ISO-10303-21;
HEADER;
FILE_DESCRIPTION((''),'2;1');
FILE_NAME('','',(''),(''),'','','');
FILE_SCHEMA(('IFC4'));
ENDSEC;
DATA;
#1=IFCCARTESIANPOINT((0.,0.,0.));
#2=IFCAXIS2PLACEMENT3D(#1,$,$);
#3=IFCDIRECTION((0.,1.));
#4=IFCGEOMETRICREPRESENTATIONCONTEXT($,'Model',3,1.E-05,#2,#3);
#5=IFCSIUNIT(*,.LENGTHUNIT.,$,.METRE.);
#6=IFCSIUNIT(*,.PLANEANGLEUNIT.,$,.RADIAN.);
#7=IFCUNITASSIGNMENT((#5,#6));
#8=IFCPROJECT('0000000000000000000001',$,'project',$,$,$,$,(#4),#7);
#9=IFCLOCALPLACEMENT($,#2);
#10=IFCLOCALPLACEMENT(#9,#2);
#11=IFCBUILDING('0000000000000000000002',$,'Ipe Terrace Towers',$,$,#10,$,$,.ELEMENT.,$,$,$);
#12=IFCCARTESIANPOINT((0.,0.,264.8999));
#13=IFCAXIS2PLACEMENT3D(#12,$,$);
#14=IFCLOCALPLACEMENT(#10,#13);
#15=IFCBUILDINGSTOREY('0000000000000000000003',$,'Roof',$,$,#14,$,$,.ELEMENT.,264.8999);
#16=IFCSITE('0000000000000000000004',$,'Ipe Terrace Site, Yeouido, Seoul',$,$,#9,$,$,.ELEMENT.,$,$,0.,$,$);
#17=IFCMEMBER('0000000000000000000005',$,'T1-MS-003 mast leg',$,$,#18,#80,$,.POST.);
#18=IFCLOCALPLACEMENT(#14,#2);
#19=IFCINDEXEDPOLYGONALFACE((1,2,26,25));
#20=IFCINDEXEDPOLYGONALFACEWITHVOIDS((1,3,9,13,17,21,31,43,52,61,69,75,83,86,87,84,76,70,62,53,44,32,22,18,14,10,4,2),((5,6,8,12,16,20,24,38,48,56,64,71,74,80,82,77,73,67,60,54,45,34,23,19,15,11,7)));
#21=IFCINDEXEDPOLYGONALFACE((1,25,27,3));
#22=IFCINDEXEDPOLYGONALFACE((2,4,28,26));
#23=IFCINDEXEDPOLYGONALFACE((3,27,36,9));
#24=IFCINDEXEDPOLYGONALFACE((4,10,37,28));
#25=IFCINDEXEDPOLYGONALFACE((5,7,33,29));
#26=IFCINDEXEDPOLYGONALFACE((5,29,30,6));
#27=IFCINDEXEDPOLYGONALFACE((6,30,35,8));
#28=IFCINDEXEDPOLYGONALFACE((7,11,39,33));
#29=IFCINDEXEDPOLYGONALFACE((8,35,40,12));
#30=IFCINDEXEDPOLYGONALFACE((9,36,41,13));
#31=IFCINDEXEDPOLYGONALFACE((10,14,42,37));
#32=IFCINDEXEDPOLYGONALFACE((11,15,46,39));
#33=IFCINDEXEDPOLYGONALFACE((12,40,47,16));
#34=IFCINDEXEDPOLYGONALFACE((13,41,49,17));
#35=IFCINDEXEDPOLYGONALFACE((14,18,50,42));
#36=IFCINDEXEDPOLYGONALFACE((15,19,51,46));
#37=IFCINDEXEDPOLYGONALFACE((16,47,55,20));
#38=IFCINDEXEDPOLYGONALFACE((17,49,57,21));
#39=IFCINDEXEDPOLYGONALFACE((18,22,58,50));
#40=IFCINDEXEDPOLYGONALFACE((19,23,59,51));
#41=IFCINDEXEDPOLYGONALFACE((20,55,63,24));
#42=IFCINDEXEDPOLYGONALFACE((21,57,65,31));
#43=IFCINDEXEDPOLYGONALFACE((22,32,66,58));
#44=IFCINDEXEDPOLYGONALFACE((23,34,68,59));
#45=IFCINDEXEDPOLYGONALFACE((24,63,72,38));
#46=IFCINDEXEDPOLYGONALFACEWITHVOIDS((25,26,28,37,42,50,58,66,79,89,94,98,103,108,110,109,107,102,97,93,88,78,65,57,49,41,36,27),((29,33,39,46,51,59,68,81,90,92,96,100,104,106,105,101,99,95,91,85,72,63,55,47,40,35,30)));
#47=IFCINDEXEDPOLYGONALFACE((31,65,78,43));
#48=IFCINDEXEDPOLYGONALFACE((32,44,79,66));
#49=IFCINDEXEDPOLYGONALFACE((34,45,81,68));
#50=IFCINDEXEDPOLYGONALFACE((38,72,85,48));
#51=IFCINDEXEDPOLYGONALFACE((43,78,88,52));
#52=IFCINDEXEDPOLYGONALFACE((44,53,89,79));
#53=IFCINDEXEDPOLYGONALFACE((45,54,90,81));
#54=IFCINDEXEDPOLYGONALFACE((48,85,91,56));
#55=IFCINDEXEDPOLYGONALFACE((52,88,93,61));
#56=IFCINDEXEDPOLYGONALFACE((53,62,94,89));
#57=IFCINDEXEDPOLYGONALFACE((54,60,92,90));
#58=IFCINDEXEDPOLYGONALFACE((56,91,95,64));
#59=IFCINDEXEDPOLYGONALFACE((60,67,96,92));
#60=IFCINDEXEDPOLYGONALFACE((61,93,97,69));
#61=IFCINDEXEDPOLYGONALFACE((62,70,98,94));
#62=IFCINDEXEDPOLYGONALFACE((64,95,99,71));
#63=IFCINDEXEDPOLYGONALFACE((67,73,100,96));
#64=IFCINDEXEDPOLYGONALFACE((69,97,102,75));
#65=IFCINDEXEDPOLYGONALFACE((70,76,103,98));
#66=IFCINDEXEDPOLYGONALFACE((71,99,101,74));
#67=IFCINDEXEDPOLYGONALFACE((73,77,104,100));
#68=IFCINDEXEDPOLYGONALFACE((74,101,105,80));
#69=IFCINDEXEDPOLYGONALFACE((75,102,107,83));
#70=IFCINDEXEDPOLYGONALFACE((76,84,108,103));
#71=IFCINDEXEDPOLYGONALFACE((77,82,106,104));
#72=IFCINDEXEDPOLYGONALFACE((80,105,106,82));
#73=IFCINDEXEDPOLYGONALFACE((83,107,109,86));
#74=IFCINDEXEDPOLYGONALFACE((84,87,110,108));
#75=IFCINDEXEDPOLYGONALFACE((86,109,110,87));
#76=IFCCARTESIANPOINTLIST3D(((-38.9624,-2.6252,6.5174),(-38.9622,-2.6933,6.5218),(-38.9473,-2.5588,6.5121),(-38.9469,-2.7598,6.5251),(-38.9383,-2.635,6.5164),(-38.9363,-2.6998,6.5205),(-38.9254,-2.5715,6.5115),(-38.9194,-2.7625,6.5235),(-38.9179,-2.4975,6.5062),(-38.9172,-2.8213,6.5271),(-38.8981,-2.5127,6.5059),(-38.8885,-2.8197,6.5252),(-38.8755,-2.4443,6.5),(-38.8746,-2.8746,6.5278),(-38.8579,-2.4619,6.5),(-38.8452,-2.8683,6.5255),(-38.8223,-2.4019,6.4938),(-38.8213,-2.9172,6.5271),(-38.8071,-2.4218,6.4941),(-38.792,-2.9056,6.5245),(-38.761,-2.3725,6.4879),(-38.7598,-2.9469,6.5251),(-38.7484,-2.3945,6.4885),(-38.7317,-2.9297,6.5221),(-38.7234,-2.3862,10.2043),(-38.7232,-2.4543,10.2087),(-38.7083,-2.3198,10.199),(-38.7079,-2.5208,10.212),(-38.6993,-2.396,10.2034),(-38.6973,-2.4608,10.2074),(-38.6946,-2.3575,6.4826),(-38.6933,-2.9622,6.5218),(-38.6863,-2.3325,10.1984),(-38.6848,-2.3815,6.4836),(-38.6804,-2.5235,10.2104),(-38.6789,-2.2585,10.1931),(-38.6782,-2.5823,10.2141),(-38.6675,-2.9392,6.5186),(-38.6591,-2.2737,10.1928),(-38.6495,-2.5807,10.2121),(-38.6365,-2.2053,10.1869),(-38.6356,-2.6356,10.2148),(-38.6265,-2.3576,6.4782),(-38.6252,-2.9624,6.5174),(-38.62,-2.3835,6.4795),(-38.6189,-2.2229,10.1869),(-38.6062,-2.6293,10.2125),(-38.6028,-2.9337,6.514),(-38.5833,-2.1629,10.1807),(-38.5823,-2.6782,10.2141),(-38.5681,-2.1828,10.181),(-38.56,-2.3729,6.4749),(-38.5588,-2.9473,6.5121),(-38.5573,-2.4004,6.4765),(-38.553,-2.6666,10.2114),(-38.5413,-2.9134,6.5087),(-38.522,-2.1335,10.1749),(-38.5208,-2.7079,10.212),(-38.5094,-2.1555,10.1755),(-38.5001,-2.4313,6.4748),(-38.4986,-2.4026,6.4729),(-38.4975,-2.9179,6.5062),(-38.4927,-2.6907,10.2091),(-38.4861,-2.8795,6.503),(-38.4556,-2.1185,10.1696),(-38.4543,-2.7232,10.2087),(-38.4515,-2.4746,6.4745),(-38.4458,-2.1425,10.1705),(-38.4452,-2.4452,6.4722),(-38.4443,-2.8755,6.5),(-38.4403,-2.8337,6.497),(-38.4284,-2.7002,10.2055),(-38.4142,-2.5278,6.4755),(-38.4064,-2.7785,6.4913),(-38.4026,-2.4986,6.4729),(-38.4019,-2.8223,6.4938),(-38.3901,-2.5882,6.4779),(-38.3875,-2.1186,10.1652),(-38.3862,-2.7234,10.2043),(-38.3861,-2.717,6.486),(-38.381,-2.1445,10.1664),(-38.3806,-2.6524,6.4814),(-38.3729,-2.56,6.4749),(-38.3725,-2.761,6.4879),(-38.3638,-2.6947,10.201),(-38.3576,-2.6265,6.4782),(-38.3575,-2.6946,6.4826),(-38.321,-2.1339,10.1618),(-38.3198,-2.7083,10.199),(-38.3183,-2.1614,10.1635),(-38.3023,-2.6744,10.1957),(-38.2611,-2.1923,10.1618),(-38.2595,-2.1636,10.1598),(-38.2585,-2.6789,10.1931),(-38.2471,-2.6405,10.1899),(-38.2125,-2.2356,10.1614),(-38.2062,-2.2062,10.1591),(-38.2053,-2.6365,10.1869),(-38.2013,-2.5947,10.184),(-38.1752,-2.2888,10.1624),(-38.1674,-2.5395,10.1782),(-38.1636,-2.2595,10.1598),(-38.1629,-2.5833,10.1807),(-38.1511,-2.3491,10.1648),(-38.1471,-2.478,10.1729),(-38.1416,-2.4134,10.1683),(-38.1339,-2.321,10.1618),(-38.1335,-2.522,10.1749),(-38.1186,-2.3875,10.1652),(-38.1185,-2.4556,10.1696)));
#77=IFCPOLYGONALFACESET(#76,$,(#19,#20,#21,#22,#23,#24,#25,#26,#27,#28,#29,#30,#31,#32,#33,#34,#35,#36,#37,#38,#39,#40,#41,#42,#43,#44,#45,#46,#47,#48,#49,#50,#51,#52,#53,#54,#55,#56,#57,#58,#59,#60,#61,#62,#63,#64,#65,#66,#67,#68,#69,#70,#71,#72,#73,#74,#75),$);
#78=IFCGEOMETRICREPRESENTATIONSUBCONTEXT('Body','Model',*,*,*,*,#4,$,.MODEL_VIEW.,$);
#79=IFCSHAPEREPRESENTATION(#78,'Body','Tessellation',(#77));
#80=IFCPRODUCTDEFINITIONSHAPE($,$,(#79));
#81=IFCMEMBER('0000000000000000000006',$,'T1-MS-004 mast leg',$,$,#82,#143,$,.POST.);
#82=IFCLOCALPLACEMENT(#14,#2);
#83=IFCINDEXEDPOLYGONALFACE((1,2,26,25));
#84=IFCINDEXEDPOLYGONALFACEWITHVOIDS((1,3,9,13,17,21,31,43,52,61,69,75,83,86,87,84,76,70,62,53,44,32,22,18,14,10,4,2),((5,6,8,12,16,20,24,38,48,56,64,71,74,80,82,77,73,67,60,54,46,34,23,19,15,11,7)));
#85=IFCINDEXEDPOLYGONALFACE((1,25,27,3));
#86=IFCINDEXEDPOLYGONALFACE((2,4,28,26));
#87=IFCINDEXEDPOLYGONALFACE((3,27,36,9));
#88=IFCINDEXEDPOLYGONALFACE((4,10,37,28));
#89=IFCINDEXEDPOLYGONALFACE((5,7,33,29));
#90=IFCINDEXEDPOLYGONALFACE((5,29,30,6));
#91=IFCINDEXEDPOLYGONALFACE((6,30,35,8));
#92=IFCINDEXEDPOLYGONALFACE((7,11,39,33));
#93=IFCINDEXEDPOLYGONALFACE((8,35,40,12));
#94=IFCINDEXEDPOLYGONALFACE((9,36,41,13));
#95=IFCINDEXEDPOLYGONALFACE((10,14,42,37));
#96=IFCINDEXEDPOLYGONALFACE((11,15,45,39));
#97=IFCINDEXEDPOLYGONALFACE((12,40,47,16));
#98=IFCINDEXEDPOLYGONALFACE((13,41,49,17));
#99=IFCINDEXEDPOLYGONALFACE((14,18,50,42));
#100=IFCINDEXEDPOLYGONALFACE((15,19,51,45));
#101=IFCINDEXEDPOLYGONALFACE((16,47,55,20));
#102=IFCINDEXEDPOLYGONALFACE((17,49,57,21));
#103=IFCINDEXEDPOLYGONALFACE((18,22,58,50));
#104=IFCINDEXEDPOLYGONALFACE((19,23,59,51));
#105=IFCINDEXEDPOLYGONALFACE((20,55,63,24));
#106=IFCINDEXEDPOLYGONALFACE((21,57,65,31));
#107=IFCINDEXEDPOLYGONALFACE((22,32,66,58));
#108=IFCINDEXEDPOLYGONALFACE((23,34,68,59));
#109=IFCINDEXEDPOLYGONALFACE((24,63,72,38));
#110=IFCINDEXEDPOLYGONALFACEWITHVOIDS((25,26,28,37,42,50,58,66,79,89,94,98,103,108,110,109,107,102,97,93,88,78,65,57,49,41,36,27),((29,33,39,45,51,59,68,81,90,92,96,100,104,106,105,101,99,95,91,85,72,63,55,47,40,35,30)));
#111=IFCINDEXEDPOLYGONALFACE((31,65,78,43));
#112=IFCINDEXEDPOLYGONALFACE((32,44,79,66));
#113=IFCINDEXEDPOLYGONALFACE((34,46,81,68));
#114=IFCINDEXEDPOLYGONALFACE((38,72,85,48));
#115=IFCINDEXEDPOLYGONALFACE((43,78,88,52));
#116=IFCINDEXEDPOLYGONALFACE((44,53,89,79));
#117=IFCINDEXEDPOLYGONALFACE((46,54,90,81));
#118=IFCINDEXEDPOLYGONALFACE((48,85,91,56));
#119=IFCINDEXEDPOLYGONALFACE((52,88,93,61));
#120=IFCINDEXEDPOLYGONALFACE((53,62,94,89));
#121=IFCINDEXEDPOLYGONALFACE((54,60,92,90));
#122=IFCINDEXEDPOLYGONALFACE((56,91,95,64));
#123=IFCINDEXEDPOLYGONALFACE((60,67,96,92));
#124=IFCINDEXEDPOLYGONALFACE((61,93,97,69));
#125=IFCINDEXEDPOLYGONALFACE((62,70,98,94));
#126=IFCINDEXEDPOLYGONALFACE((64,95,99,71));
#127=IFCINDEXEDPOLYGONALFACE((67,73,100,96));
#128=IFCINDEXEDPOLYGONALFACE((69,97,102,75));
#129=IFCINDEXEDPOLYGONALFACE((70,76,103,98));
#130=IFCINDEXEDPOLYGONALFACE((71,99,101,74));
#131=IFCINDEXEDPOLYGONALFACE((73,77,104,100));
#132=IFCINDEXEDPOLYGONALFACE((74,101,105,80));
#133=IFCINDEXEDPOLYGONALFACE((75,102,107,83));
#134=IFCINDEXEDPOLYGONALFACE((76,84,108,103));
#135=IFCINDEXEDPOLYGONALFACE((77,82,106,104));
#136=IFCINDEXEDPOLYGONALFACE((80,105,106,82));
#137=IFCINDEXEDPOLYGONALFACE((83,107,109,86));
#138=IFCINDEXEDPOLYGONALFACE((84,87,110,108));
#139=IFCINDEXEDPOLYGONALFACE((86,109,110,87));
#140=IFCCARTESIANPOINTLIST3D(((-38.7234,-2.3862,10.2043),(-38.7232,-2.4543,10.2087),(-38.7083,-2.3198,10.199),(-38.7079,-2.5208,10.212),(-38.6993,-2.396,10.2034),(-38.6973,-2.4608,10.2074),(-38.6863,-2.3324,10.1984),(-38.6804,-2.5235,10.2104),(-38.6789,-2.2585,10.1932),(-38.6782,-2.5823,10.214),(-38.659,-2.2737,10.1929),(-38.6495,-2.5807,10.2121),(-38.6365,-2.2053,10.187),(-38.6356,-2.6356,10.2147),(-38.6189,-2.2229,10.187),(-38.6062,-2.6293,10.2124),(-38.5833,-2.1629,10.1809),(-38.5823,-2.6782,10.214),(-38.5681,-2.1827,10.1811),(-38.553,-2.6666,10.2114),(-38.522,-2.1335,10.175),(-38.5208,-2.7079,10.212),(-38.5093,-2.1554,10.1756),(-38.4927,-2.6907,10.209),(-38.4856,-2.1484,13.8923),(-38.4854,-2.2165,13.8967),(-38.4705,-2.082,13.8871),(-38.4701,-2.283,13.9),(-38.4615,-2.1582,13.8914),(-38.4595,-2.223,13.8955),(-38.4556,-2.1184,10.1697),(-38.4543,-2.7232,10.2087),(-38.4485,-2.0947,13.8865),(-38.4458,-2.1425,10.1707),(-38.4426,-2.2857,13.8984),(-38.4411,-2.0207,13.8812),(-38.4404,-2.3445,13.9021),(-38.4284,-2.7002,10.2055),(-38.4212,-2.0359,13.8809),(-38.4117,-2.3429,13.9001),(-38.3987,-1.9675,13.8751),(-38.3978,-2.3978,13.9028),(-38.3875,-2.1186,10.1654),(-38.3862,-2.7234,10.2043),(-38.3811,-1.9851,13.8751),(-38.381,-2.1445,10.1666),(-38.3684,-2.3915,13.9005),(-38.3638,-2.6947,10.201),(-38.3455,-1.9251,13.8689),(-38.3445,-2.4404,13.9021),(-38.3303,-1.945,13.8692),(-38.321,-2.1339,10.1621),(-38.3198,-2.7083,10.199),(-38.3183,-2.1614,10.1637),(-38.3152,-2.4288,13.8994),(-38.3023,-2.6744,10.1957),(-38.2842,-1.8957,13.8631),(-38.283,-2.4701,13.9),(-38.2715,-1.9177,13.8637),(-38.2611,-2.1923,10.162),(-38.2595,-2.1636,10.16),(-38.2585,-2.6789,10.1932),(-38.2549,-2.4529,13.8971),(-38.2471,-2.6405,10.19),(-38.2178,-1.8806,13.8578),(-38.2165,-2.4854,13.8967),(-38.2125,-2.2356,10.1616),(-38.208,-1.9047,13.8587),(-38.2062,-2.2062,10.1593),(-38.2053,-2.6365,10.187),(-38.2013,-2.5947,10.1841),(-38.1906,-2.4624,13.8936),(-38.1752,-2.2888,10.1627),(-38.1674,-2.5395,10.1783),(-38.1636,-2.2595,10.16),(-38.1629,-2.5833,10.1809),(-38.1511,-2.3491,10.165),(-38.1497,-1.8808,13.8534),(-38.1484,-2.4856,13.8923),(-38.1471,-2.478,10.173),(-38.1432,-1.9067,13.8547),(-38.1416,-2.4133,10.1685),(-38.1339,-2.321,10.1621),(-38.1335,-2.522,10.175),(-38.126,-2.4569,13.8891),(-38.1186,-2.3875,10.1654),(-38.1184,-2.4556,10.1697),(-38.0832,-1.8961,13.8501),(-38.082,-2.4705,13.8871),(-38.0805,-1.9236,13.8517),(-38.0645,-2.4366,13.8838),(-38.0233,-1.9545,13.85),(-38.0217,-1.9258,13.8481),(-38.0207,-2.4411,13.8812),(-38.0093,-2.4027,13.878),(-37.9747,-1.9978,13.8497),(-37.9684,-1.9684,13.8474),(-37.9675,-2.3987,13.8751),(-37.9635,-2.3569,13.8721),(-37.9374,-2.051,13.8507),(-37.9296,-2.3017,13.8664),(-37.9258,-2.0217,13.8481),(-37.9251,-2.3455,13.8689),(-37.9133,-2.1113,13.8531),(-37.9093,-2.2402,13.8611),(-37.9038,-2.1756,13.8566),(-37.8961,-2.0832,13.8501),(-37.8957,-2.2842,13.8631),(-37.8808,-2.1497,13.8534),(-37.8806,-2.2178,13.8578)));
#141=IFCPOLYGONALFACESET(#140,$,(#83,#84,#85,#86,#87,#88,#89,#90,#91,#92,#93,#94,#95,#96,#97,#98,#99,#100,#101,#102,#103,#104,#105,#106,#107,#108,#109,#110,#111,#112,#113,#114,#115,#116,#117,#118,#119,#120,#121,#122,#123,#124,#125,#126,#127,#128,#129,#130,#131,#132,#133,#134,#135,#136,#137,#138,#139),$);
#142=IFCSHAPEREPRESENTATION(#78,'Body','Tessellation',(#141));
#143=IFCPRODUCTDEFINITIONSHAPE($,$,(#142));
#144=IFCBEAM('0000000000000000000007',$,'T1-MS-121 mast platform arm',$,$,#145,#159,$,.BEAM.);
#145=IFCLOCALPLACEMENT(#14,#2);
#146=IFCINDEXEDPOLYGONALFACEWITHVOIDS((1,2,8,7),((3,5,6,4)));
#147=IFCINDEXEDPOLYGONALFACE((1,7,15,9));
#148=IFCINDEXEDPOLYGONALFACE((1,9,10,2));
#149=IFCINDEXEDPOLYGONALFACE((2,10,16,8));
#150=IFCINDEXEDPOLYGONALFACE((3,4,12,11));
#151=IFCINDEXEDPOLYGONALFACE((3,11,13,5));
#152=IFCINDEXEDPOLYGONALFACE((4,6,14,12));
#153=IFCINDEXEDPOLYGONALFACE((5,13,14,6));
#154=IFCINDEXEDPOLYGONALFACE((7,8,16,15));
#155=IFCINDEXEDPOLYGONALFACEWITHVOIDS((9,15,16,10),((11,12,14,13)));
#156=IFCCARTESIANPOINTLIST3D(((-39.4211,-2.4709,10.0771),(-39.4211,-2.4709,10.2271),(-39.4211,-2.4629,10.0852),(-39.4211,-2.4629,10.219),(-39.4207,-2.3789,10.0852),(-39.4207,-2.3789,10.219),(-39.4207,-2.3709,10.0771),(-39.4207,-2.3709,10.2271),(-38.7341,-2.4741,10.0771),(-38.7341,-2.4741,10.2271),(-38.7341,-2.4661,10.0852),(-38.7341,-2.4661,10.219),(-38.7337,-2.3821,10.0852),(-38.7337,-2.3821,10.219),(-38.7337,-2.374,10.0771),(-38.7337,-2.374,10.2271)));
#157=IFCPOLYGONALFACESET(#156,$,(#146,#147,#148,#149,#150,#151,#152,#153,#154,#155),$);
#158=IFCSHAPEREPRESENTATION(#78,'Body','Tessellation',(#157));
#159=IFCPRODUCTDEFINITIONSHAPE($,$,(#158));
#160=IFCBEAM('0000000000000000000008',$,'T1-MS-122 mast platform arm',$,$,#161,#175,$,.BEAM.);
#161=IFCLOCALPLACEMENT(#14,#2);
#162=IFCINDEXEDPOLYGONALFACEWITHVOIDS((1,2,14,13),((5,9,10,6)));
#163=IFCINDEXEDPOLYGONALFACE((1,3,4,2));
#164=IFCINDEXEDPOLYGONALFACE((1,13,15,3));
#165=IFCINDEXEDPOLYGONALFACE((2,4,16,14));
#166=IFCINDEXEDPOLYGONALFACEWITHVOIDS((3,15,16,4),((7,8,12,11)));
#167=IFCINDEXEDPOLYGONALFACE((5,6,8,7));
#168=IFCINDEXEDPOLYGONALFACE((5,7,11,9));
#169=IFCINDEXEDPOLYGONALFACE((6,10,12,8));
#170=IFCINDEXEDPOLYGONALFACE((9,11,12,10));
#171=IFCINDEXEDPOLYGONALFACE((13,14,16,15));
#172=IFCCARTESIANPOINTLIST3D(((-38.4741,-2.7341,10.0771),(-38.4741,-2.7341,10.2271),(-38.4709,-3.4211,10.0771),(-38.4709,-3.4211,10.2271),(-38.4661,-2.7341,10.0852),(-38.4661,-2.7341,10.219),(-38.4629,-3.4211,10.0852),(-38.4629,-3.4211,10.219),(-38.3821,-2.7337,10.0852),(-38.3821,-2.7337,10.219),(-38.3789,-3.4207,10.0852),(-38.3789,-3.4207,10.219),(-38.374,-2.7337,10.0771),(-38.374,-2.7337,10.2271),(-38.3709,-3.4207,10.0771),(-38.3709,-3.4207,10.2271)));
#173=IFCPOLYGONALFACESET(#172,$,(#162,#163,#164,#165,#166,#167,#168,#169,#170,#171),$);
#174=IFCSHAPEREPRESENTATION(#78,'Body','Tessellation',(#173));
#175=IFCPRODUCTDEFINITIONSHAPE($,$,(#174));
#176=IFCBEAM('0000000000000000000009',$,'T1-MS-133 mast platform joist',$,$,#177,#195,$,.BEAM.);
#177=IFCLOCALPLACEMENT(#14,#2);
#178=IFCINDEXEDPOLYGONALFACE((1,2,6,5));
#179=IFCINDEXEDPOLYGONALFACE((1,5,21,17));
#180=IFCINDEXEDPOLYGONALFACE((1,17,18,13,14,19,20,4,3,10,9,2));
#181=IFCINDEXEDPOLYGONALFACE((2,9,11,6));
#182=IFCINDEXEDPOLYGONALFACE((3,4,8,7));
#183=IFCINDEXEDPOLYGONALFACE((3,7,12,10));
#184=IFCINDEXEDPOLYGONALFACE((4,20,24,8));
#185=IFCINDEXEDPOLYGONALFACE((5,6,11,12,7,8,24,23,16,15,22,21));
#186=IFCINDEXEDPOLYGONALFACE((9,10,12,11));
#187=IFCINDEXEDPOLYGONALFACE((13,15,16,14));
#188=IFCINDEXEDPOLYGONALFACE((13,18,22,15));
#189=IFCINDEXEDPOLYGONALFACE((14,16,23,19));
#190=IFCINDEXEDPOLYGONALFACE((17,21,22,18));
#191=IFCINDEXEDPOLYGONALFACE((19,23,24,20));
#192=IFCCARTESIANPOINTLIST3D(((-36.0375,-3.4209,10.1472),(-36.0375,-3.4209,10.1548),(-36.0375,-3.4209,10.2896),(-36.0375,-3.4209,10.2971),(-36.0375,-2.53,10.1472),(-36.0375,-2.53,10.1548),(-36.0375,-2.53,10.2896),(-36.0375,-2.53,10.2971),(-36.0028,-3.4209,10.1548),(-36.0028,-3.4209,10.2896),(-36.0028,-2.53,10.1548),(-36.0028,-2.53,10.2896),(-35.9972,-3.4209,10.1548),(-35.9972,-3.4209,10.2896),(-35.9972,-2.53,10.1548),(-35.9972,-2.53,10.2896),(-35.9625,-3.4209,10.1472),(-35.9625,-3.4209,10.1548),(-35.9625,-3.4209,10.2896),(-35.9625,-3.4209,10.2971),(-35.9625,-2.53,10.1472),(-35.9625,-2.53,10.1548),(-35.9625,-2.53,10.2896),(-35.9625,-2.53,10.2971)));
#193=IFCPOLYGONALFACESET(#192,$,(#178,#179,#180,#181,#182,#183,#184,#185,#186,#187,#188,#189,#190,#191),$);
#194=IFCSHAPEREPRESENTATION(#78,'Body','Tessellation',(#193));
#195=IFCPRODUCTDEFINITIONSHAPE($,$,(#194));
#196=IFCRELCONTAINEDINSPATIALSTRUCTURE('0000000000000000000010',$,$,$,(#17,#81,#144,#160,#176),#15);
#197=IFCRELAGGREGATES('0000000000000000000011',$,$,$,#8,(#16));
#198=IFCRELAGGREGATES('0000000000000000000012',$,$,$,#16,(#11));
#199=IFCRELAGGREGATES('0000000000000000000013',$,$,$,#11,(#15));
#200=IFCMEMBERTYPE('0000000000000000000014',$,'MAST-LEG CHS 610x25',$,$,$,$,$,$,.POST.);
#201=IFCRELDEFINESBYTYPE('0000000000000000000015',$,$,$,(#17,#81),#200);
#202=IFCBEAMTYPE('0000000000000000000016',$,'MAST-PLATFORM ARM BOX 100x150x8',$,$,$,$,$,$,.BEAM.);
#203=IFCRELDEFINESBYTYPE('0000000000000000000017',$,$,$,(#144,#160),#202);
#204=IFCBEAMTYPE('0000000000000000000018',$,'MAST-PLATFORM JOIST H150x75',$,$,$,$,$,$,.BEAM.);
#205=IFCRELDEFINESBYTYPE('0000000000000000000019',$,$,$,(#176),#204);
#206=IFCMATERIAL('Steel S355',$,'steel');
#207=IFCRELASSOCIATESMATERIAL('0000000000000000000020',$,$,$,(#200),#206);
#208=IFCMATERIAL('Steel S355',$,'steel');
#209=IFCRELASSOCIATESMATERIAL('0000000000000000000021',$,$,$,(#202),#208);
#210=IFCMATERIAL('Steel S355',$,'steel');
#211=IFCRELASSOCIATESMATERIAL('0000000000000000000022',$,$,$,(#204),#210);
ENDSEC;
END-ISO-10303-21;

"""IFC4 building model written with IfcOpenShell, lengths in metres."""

from ifc_helpers import new_model, si_unit, direction, frame, origin, origin_2d, place, context, subcontext, project, spatial, hollow_rectangle, hollow_circle, i_section, extrude, material, material_profile, profile_set, type_object, element, save


model = new_model("IFC4")

# Units and contexts
model_context = context("Model", 3, precision=1e-05, world=origin(), true_north=direction((0.0, 1.0)))
body_context = subcontext(model_context, "Body", "Model", "MODEL_VIEW")
ifc_project = project(units=[si_unit("LENGTHUNIT", "METRE"), si_unit("PLANEANGLEUNIT", "RADIAN")], contexts=[model_context])

# Site, building, storey
site_placement = place(None, origin())
site = spatial("IfcSite", under=ifc_project, at=site_placement, Name="Ipe Terrace Site, Yeouido, Seoul", CompositionType="ELEMENT", RefElevation=0.0)
building_placement = place(site_placement, origin())
building = spatial("IfcBuilding", under=site, at=building_placement, Name="Ipe Terrace Towers", CompositionType="ELEMENT")
storey_placement = place(building_placement, frame((0.0, 0.0, 264.8999)))
storey = spatial("IfcBuildingStorey", under=building, at=storey_placement, Name="Roof", CompositionType="ELEMENT", Elevation=264.8999)

# Members
ifc_material_1 = material(Name="Steel S355", Category="steel")
ifc_material_profile_1 = material_profile(ifc_material_1, hollow_circle(Radius=0.3049, WallThickness=0.0249, at=origin_2d()), Name="MAST-LEG CHS 610x25")
ifc_profile_set_1 = profile_set([ifc_material_profile_1], Name="Steel S355")
member_type_1 = type_object("IfcMemberType", Name="MAST-LEG CHS 610x25", PredefinedType="POST", material=ifc_profile_set_1)
member_1_placement = place(storey_placement, frame((-38.6599, -2.6599, 6.5), z_axis=(0.064555, 0.064555, 0.995824), x_axis=(-0.707107, 0.707107, 0.0)))
element("IfcMember", 1, at=member_1_placement, inside=storey, type_object=member_type_1, Name="T1-MS-003 mast leg", PredefinedType="POST", context=body_context, shape_type="SweptSolid", body=[
    extrude(hollow_circle(Radius=0.3049, WallThickness=0.0249, at=origin_2d()), origin(), (0.0, 0.0, 1.0), 3.7024),
])
member_2_placement = place(storey_placement, frame((-38.4209, -2.4209, 10.187), z_axis=(0.064211, 0.064211, 0.995868), x_axis=(-0.707107, 0.707107, 0.0)))
element("IfcMember", 2, at=member_2_placement, inside=storey, type_object=member_type_1, Name="T1-MS-004 mast leg", PredefinedType="POST", context=body_context, shape_type="SweptSolid", body=[
    extrude(hollow_circle(Radius=0.3049, WallThickness=0.0249, at=origin_2d()), origin(), (0.0, 0.0, 1.0), 3.7034),
])

# Beams
ifc_material_2 = material(Name="Steel S355", Category="steel")
ifc_material_profile_2 = material_profile(ifc_material_2, hollow_rectangle(XDim=0.1001, YDim=0.1499, WallThickness=0.0081, at=origin_2d()), Name="MAST-PLATFORM ARM BOX 100x150x8")
ifc_profile_set_2 = profile_set([ifc_material_profile_2], Name="Steel S355")
beam_type_1 = type_object("IfcBeamType", Name="MAST-PLATFORM ARM BOX 100x150x8", PredefinedType="BEAM", material=ifc_profile_set_2)
for number, where, z_axis, x_axis, name in (
    (3, (-38.7339, -2.4241, 10.1521), (-0.999989, 0.00462, 0.0), (-0.00462, -0.999989, 0.0), "T1-MS-121 mast platform arm"),
    (4, (-38.4241, -2.7339, 10.1521), (0.00462, -0.999989, 0.0), (0.999989, 0.00462, 0.0), "T1-MS-122 mast platform arm"),
):
    element("IfcBeam", number, at=place(storey_placement, frame(where, z_axis=z_axis, x_axis=x_axis)), inside=storey, type_object=beam_type_1, Name=name, PredefinedType="BEAM", context=body_context, shape_type="SweptSolid", body=[
        extrude(hollow_rectangle(XDim=0.1001, YDim=0.1499, WallThickness=0.0081, at=origin_2d()), origin(), (0.0, 0.0, 1.0), 0.687),
    ])
ifc_material_3 = material(Name="Steel S355", Category="steel")
ifc_material_profile_3 = material_profile(ifc_material_3, i_section(OverallWidth=0.075, OverallDepth=0.1499, WebThickness=0.0056, FlangeThickness=0.0076, at=origin_2d()), Name="H150x75")
ifc_profile_set_3 = profile_set([ifc_material_profile_3], Name="Steel S355")
beam_type_2 = type_object("IfcBeamType", Name="MAST-PLATFORM JOIST H150x75", PredefinedType="BEAM", material=ifc_profile_set_3)
beam_1_placement = place(storey_placement, frame((-36.0, -2.53, 10.2222), z_axis=(0.0, -1.0, 0.0), x_axis=(1.0, 0.0, 0.0)))
element("IfcBeam", 5, at=beam_1_placement, inside=storey, type_object=beam_type_2, Name="T1-MS-133 mast platform joist", PredefinedType="BEAM", context=body_context, shape_type="SweptSolid", body=[
    extrude(i_section(OverallWidth=0.075, OverallDepth=0.1499, WebThickness=0.0056, FlangeThickness=0.0076, at=origin_2d()), origin(), (0.0, 0.0, 1.0), 0.8909),
])

save(model, "model.ifc")
